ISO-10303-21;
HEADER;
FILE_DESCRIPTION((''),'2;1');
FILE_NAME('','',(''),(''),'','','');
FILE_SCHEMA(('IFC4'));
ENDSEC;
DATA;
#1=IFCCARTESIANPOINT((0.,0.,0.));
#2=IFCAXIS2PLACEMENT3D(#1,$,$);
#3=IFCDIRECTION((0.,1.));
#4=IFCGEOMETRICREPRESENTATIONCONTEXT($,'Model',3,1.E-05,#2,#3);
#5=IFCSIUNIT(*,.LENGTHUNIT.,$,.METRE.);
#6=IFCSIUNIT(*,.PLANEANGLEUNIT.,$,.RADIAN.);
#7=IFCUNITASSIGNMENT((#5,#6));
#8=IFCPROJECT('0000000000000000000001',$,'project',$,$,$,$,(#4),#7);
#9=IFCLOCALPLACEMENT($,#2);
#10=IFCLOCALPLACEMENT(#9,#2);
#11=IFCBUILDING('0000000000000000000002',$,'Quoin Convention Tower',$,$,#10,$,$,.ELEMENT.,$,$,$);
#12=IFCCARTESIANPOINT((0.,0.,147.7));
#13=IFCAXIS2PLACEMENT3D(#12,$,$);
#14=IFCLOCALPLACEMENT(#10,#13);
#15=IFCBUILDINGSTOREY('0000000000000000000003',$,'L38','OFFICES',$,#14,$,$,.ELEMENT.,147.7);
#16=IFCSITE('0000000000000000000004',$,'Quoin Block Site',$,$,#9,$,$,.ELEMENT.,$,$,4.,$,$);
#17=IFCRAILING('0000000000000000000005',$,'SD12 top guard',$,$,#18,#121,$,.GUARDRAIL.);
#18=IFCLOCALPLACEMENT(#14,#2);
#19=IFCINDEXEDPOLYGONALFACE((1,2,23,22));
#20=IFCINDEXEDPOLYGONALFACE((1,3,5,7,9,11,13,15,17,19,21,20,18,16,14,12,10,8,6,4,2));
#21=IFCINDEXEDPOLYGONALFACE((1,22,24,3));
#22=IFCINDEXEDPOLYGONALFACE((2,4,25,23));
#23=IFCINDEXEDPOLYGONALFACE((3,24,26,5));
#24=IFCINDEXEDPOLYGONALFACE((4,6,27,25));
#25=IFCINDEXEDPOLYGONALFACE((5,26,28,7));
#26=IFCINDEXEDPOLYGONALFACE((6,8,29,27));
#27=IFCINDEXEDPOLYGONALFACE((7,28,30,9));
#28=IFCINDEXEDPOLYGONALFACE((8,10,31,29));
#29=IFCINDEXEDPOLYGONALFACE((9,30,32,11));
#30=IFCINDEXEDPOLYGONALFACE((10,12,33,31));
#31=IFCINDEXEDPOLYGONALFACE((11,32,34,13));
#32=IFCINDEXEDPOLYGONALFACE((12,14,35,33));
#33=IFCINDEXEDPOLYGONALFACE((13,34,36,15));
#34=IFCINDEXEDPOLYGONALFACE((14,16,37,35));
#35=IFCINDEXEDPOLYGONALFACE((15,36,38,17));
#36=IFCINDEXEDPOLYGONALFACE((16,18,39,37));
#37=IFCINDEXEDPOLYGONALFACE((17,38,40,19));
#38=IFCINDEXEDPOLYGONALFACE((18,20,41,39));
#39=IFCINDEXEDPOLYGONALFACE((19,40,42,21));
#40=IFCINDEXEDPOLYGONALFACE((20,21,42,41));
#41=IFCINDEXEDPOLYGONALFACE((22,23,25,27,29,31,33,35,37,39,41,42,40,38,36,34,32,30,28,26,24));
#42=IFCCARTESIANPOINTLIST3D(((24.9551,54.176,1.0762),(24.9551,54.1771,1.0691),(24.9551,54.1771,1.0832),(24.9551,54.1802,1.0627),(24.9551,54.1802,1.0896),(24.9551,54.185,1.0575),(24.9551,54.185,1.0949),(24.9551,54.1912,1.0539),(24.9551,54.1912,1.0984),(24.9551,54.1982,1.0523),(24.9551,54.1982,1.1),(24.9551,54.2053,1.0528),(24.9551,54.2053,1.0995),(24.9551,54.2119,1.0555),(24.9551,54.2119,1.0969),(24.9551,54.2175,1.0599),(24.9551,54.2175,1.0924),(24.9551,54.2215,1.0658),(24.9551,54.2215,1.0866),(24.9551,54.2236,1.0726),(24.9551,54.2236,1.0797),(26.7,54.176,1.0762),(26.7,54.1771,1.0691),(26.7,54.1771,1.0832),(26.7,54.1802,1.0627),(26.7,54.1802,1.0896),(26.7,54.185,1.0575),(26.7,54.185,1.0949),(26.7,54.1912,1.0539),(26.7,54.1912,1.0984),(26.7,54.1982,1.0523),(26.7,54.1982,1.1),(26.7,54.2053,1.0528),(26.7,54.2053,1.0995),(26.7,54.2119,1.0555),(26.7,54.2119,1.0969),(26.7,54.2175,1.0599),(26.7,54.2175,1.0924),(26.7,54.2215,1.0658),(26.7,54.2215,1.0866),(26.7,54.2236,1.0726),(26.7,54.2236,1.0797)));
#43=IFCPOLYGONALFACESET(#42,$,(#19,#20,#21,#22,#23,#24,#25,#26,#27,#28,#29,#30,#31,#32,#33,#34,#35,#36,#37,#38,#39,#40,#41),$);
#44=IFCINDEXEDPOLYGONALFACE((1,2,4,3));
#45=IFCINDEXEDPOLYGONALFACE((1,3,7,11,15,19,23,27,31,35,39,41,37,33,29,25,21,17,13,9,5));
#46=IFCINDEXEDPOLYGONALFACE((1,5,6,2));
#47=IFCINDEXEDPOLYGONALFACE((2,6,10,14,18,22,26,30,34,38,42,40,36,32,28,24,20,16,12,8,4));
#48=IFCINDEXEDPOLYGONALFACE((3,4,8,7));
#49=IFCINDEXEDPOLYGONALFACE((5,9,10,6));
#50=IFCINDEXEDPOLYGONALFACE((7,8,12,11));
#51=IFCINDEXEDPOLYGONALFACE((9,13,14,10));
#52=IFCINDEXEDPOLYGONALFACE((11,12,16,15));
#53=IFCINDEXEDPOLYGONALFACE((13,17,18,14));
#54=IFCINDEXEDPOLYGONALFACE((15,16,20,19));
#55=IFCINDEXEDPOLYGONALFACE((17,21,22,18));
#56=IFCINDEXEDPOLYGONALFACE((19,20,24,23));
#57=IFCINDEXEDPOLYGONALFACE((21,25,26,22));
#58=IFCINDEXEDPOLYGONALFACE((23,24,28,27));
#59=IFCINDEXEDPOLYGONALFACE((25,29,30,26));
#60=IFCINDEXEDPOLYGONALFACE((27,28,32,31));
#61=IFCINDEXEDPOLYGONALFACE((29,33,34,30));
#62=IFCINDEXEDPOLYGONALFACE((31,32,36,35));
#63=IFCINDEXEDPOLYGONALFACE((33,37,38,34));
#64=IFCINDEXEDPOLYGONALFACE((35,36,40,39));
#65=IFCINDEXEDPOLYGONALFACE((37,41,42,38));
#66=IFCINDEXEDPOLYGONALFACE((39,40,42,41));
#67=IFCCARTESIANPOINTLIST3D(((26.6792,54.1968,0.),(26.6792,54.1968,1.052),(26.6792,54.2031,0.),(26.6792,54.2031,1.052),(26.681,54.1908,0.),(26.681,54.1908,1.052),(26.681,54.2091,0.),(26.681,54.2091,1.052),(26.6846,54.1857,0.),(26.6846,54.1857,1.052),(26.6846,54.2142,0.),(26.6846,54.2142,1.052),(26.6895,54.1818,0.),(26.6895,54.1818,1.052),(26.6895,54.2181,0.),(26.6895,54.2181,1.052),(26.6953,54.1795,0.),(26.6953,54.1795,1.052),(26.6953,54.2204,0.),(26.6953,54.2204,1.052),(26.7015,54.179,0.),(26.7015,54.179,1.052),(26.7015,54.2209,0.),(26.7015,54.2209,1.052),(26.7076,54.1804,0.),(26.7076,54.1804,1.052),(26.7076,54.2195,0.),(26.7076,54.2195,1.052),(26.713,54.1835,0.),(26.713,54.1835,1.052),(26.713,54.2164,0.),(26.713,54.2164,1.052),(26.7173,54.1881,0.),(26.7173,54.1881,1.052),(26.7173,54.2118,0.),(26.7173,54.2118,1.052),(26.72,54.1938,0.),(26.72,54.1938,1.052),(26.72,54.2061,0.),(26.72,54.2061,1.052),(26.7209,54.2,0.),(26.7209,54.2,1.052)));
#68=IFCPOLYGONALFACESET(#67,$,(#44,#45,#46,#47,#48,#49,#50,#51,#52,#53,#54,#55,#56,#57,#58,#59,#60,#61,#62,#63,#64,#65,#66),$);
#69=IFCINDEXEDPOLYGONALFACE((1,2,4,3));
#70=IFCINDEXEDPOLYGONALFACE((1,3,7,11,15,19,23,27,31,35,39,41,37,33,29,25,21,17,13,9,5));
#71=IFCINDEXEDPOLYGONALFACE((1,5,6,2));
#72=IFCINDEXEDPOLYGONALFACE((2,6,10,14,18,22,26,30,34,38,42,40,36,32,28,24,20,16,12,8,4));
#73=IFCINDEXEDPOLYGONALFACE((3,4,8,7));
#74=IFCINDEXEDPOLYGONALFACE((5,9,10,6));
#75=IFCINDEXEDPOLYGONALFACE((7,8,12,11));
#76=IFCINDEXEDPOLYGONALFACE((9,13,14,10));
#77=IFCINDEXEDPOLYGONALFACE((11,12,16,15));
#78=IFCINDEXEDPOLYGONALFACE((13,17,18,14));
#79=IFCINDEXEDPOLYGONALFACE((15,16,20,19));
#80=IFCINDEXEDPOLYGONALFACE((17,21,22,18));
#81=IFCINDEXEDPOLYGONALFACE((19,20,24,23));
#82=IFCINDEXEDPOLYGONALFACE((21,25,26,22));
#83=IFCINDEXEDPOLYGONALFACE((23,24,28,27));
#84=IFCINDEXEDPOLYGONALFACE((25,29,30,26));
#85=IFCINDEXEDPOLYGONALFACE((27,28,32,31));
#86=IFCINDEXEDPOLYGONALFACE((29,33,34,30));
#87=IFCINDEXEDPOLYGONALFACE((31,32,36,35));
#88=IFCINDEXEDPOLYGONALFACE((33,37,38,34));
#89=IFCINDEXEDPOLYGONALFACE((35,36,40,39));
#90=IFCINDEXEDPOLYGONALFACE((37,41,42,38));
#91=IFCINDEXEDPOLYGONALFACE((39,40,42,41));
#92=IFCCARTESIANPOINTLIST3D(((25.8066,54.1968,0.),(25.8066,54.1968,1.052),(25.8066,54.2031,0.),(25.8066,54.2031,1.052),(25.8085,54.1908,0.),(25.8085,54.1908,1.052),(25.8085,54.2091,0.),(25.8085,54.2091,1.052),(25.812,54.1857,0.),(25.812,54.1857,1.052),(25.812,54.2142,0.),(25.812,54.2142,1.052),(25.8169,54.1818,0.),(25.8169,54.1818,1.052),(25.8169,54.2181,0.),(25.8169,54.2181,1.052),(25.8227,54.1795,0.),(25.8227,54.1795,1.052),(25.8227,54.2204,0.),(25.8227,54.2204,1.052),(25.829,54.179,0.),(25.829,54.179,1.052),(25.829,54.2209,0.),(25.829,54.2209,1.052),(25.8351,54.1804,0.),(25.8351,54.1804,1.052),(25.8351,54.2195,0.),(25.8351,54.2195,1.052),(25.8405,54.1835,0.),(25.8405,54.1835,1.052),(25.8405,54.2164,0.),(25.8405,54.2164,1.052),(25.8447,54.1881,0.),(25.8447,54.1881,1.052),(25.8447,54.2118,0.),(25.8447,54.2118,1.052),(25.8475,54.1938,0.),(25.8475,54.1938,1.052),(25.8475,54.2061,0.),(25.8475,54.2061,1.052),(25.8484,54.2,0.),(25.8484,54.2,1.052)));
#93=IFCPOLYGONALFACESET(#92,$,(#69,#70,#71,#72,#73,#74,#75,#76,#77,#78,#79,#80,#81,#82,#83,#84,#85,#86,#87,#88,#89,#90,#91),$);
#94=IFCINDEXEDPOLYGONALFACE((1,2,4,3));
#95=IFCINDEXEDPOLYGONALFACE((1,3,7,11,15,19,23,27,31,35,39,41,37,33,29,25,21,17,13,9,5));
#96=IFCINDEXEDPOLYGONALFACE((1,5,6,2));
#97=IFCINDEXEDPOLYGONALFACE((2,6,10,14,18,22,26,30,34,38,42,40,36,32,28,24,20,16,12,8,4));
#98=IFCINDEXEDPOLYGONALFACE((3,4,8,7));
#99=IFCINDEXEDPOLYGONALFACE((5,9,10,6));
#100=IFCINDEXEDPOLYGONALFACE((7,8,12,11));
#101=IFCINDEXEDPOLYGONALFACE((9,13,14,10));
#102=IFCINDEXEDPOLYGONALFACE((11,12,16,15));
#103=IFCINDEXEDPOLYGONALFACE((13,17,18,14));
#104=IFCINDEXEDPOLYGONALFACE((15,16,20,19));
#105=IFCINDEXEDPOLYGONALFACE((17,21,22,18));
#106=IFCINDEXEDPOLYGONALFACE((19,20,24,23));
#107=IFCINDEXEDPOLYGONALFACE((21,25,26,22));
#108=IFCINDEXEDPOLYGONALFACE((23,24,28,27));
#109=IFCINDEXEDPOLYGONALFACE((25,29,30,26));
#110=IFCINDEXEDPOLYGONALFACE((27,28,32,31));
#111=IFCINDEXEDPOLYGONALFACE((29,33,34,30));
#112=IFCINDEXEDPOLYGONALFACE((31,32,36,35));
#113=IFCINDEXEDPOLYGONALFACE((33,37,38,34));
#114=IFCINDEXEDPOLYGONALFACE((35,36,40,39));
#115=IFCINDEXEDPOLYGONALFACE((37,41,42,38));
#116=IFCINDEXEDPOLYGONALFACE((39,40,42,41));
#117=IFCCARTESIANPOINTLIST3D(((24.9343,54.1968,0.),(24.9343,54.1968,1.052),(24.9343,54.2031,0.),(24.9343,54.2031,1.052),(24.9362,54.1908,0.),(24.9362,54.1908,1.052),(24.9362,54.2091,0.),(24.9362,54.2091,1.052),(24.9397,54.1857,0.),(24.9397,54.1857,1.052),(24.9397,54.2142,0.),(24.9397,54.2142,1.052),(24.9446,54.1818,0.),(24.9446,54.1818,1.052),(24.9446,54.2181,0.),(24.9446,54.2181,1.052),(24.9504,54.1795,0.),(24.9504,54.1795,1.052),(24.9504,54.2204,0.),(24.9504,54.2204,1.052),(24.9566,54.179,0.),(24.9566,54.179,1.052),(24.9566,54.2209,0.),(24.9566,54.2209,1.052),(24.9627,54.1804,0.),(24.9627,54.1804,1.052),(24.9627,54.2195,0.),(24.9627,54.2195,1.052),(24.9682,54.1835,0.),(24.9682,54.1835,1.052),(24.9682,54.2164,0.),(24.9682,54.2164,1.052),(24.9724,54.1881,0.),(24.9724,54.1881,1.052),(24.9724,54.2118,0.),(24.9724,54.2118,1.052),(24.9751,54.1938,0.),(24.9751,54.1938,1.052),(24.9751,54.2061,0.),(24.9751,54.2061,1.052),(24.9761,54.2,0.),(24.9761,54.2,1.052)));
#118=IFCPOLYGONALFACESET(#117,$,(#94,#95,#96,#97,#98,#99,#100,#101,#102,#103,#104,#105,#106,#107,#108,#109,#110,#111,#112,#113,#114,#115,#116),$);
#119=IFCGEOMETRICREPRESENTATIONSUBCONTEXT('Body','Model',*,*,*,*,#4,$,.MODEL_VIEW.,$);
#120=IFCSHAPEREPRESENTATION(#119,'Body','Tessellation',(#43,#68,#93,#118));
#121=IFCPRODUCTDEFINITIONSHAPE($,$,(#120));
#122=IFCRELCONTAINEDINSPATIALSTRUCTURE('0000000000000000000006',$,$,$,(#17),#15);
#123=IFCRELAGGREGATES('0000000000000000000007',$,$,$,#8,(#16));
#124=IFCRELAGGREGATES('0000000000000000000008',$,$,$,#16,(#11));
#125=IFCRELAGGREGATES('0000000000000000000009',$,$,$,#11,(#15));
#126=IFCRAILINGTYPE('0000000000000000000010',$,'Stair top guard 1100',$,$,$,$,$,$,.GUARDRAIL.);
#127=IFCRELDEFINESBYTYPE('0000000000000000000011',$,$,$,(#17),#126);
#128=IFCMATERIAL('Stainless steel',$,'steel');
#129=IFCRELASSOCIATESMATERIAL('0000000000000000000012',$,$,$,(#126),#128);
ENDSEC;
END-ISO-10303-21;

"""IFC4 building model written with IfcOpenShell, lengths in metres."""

from ifc_helpers import new_model, si_unit, direction, frame, origin, origin_2d, place, context, subcontext, project, spatial, circle, extrude, material, type_object, element, save


model = new_model("IFC4")

# Units and contexts
model_context = context("Model", 3, precision=1e-05, world=origin(), true_north=direction((0.0, 1.0)))
body_context = subcontext(model_context, "Body", "Model", "MODEL_VIEW")
ifc_project = project(units=[si_unit("LENGTHUNIT", "METRE"), si_unit("PLANEANGLEUNIT", "RADIAN")], contexts=[model_context])

# Site, building, storey
site_placement = place(None, origin())
site = spatial("IfcSite", under=ifc_project, at=site_placement, Name="Quoin Block Site", CompositionType="ELEMENT", RefElevation=4.0)
building_placement = place(site_placement, origin())
building = spatial("IfcBuilding", under=site, at=building_placement, Name="Quoin Convention Tower", CompositionType="ELEMENT")
storey_placement = place(building_placement, frame((0.0, 0.0, 147.7)))
storey = spatial("IfcBuildingStorey", under=building, at=storey_placement, Name="L38", Description="OFFICES", CompositionType="ELEMENT", Elevation=147.7)

# Railing
ifc_material_1 = material(Name="Stainless steel", Category="steel")
railing_type_1 = type_object("IfcRailingType", Name="Stair top guard 1100", PredefinedType="GUARDRAIL", material=ifc_material_1)
railing_1_placement = place(storey_placement, frame((26.7, 54.2, 0.0)))
element("IfcRailing", 1, at=railing_1_placement, inside=storey, type_object=railing_type_1, Name="SD12 top guard", PredefinedType="GUARDRAIL", context=body_context, shape_type="SweptSolid", body=[
    extrude(circle(Radius=0.0239, at=origin_2d()), frame((0.0, 0.0, 1.0762), z_axis=(-1.0, 0.0, 0.0), x_axis=(0.0, -1.0, 0.0)), (0.0, 0.0, 1.0), 1.7449),
    extrude(circle(Radius=0.021, at=origin_2d()), origin(), (0.0, 0.0, 1.0), 1.052),
    extrude(circle(Radius=0.021, at=origin_2d()), frame((-0.8726, 0.0, 0.0)), (0.0, 0.0, 1.0), 1.052),
    extrude(circle(Radius=0.021, at=origin_2d()), frame((-1.7449, 0.0, 0.0)), (0.0, 0.0, 1.0), 1.052),
])

save(model, "model.ifc")
